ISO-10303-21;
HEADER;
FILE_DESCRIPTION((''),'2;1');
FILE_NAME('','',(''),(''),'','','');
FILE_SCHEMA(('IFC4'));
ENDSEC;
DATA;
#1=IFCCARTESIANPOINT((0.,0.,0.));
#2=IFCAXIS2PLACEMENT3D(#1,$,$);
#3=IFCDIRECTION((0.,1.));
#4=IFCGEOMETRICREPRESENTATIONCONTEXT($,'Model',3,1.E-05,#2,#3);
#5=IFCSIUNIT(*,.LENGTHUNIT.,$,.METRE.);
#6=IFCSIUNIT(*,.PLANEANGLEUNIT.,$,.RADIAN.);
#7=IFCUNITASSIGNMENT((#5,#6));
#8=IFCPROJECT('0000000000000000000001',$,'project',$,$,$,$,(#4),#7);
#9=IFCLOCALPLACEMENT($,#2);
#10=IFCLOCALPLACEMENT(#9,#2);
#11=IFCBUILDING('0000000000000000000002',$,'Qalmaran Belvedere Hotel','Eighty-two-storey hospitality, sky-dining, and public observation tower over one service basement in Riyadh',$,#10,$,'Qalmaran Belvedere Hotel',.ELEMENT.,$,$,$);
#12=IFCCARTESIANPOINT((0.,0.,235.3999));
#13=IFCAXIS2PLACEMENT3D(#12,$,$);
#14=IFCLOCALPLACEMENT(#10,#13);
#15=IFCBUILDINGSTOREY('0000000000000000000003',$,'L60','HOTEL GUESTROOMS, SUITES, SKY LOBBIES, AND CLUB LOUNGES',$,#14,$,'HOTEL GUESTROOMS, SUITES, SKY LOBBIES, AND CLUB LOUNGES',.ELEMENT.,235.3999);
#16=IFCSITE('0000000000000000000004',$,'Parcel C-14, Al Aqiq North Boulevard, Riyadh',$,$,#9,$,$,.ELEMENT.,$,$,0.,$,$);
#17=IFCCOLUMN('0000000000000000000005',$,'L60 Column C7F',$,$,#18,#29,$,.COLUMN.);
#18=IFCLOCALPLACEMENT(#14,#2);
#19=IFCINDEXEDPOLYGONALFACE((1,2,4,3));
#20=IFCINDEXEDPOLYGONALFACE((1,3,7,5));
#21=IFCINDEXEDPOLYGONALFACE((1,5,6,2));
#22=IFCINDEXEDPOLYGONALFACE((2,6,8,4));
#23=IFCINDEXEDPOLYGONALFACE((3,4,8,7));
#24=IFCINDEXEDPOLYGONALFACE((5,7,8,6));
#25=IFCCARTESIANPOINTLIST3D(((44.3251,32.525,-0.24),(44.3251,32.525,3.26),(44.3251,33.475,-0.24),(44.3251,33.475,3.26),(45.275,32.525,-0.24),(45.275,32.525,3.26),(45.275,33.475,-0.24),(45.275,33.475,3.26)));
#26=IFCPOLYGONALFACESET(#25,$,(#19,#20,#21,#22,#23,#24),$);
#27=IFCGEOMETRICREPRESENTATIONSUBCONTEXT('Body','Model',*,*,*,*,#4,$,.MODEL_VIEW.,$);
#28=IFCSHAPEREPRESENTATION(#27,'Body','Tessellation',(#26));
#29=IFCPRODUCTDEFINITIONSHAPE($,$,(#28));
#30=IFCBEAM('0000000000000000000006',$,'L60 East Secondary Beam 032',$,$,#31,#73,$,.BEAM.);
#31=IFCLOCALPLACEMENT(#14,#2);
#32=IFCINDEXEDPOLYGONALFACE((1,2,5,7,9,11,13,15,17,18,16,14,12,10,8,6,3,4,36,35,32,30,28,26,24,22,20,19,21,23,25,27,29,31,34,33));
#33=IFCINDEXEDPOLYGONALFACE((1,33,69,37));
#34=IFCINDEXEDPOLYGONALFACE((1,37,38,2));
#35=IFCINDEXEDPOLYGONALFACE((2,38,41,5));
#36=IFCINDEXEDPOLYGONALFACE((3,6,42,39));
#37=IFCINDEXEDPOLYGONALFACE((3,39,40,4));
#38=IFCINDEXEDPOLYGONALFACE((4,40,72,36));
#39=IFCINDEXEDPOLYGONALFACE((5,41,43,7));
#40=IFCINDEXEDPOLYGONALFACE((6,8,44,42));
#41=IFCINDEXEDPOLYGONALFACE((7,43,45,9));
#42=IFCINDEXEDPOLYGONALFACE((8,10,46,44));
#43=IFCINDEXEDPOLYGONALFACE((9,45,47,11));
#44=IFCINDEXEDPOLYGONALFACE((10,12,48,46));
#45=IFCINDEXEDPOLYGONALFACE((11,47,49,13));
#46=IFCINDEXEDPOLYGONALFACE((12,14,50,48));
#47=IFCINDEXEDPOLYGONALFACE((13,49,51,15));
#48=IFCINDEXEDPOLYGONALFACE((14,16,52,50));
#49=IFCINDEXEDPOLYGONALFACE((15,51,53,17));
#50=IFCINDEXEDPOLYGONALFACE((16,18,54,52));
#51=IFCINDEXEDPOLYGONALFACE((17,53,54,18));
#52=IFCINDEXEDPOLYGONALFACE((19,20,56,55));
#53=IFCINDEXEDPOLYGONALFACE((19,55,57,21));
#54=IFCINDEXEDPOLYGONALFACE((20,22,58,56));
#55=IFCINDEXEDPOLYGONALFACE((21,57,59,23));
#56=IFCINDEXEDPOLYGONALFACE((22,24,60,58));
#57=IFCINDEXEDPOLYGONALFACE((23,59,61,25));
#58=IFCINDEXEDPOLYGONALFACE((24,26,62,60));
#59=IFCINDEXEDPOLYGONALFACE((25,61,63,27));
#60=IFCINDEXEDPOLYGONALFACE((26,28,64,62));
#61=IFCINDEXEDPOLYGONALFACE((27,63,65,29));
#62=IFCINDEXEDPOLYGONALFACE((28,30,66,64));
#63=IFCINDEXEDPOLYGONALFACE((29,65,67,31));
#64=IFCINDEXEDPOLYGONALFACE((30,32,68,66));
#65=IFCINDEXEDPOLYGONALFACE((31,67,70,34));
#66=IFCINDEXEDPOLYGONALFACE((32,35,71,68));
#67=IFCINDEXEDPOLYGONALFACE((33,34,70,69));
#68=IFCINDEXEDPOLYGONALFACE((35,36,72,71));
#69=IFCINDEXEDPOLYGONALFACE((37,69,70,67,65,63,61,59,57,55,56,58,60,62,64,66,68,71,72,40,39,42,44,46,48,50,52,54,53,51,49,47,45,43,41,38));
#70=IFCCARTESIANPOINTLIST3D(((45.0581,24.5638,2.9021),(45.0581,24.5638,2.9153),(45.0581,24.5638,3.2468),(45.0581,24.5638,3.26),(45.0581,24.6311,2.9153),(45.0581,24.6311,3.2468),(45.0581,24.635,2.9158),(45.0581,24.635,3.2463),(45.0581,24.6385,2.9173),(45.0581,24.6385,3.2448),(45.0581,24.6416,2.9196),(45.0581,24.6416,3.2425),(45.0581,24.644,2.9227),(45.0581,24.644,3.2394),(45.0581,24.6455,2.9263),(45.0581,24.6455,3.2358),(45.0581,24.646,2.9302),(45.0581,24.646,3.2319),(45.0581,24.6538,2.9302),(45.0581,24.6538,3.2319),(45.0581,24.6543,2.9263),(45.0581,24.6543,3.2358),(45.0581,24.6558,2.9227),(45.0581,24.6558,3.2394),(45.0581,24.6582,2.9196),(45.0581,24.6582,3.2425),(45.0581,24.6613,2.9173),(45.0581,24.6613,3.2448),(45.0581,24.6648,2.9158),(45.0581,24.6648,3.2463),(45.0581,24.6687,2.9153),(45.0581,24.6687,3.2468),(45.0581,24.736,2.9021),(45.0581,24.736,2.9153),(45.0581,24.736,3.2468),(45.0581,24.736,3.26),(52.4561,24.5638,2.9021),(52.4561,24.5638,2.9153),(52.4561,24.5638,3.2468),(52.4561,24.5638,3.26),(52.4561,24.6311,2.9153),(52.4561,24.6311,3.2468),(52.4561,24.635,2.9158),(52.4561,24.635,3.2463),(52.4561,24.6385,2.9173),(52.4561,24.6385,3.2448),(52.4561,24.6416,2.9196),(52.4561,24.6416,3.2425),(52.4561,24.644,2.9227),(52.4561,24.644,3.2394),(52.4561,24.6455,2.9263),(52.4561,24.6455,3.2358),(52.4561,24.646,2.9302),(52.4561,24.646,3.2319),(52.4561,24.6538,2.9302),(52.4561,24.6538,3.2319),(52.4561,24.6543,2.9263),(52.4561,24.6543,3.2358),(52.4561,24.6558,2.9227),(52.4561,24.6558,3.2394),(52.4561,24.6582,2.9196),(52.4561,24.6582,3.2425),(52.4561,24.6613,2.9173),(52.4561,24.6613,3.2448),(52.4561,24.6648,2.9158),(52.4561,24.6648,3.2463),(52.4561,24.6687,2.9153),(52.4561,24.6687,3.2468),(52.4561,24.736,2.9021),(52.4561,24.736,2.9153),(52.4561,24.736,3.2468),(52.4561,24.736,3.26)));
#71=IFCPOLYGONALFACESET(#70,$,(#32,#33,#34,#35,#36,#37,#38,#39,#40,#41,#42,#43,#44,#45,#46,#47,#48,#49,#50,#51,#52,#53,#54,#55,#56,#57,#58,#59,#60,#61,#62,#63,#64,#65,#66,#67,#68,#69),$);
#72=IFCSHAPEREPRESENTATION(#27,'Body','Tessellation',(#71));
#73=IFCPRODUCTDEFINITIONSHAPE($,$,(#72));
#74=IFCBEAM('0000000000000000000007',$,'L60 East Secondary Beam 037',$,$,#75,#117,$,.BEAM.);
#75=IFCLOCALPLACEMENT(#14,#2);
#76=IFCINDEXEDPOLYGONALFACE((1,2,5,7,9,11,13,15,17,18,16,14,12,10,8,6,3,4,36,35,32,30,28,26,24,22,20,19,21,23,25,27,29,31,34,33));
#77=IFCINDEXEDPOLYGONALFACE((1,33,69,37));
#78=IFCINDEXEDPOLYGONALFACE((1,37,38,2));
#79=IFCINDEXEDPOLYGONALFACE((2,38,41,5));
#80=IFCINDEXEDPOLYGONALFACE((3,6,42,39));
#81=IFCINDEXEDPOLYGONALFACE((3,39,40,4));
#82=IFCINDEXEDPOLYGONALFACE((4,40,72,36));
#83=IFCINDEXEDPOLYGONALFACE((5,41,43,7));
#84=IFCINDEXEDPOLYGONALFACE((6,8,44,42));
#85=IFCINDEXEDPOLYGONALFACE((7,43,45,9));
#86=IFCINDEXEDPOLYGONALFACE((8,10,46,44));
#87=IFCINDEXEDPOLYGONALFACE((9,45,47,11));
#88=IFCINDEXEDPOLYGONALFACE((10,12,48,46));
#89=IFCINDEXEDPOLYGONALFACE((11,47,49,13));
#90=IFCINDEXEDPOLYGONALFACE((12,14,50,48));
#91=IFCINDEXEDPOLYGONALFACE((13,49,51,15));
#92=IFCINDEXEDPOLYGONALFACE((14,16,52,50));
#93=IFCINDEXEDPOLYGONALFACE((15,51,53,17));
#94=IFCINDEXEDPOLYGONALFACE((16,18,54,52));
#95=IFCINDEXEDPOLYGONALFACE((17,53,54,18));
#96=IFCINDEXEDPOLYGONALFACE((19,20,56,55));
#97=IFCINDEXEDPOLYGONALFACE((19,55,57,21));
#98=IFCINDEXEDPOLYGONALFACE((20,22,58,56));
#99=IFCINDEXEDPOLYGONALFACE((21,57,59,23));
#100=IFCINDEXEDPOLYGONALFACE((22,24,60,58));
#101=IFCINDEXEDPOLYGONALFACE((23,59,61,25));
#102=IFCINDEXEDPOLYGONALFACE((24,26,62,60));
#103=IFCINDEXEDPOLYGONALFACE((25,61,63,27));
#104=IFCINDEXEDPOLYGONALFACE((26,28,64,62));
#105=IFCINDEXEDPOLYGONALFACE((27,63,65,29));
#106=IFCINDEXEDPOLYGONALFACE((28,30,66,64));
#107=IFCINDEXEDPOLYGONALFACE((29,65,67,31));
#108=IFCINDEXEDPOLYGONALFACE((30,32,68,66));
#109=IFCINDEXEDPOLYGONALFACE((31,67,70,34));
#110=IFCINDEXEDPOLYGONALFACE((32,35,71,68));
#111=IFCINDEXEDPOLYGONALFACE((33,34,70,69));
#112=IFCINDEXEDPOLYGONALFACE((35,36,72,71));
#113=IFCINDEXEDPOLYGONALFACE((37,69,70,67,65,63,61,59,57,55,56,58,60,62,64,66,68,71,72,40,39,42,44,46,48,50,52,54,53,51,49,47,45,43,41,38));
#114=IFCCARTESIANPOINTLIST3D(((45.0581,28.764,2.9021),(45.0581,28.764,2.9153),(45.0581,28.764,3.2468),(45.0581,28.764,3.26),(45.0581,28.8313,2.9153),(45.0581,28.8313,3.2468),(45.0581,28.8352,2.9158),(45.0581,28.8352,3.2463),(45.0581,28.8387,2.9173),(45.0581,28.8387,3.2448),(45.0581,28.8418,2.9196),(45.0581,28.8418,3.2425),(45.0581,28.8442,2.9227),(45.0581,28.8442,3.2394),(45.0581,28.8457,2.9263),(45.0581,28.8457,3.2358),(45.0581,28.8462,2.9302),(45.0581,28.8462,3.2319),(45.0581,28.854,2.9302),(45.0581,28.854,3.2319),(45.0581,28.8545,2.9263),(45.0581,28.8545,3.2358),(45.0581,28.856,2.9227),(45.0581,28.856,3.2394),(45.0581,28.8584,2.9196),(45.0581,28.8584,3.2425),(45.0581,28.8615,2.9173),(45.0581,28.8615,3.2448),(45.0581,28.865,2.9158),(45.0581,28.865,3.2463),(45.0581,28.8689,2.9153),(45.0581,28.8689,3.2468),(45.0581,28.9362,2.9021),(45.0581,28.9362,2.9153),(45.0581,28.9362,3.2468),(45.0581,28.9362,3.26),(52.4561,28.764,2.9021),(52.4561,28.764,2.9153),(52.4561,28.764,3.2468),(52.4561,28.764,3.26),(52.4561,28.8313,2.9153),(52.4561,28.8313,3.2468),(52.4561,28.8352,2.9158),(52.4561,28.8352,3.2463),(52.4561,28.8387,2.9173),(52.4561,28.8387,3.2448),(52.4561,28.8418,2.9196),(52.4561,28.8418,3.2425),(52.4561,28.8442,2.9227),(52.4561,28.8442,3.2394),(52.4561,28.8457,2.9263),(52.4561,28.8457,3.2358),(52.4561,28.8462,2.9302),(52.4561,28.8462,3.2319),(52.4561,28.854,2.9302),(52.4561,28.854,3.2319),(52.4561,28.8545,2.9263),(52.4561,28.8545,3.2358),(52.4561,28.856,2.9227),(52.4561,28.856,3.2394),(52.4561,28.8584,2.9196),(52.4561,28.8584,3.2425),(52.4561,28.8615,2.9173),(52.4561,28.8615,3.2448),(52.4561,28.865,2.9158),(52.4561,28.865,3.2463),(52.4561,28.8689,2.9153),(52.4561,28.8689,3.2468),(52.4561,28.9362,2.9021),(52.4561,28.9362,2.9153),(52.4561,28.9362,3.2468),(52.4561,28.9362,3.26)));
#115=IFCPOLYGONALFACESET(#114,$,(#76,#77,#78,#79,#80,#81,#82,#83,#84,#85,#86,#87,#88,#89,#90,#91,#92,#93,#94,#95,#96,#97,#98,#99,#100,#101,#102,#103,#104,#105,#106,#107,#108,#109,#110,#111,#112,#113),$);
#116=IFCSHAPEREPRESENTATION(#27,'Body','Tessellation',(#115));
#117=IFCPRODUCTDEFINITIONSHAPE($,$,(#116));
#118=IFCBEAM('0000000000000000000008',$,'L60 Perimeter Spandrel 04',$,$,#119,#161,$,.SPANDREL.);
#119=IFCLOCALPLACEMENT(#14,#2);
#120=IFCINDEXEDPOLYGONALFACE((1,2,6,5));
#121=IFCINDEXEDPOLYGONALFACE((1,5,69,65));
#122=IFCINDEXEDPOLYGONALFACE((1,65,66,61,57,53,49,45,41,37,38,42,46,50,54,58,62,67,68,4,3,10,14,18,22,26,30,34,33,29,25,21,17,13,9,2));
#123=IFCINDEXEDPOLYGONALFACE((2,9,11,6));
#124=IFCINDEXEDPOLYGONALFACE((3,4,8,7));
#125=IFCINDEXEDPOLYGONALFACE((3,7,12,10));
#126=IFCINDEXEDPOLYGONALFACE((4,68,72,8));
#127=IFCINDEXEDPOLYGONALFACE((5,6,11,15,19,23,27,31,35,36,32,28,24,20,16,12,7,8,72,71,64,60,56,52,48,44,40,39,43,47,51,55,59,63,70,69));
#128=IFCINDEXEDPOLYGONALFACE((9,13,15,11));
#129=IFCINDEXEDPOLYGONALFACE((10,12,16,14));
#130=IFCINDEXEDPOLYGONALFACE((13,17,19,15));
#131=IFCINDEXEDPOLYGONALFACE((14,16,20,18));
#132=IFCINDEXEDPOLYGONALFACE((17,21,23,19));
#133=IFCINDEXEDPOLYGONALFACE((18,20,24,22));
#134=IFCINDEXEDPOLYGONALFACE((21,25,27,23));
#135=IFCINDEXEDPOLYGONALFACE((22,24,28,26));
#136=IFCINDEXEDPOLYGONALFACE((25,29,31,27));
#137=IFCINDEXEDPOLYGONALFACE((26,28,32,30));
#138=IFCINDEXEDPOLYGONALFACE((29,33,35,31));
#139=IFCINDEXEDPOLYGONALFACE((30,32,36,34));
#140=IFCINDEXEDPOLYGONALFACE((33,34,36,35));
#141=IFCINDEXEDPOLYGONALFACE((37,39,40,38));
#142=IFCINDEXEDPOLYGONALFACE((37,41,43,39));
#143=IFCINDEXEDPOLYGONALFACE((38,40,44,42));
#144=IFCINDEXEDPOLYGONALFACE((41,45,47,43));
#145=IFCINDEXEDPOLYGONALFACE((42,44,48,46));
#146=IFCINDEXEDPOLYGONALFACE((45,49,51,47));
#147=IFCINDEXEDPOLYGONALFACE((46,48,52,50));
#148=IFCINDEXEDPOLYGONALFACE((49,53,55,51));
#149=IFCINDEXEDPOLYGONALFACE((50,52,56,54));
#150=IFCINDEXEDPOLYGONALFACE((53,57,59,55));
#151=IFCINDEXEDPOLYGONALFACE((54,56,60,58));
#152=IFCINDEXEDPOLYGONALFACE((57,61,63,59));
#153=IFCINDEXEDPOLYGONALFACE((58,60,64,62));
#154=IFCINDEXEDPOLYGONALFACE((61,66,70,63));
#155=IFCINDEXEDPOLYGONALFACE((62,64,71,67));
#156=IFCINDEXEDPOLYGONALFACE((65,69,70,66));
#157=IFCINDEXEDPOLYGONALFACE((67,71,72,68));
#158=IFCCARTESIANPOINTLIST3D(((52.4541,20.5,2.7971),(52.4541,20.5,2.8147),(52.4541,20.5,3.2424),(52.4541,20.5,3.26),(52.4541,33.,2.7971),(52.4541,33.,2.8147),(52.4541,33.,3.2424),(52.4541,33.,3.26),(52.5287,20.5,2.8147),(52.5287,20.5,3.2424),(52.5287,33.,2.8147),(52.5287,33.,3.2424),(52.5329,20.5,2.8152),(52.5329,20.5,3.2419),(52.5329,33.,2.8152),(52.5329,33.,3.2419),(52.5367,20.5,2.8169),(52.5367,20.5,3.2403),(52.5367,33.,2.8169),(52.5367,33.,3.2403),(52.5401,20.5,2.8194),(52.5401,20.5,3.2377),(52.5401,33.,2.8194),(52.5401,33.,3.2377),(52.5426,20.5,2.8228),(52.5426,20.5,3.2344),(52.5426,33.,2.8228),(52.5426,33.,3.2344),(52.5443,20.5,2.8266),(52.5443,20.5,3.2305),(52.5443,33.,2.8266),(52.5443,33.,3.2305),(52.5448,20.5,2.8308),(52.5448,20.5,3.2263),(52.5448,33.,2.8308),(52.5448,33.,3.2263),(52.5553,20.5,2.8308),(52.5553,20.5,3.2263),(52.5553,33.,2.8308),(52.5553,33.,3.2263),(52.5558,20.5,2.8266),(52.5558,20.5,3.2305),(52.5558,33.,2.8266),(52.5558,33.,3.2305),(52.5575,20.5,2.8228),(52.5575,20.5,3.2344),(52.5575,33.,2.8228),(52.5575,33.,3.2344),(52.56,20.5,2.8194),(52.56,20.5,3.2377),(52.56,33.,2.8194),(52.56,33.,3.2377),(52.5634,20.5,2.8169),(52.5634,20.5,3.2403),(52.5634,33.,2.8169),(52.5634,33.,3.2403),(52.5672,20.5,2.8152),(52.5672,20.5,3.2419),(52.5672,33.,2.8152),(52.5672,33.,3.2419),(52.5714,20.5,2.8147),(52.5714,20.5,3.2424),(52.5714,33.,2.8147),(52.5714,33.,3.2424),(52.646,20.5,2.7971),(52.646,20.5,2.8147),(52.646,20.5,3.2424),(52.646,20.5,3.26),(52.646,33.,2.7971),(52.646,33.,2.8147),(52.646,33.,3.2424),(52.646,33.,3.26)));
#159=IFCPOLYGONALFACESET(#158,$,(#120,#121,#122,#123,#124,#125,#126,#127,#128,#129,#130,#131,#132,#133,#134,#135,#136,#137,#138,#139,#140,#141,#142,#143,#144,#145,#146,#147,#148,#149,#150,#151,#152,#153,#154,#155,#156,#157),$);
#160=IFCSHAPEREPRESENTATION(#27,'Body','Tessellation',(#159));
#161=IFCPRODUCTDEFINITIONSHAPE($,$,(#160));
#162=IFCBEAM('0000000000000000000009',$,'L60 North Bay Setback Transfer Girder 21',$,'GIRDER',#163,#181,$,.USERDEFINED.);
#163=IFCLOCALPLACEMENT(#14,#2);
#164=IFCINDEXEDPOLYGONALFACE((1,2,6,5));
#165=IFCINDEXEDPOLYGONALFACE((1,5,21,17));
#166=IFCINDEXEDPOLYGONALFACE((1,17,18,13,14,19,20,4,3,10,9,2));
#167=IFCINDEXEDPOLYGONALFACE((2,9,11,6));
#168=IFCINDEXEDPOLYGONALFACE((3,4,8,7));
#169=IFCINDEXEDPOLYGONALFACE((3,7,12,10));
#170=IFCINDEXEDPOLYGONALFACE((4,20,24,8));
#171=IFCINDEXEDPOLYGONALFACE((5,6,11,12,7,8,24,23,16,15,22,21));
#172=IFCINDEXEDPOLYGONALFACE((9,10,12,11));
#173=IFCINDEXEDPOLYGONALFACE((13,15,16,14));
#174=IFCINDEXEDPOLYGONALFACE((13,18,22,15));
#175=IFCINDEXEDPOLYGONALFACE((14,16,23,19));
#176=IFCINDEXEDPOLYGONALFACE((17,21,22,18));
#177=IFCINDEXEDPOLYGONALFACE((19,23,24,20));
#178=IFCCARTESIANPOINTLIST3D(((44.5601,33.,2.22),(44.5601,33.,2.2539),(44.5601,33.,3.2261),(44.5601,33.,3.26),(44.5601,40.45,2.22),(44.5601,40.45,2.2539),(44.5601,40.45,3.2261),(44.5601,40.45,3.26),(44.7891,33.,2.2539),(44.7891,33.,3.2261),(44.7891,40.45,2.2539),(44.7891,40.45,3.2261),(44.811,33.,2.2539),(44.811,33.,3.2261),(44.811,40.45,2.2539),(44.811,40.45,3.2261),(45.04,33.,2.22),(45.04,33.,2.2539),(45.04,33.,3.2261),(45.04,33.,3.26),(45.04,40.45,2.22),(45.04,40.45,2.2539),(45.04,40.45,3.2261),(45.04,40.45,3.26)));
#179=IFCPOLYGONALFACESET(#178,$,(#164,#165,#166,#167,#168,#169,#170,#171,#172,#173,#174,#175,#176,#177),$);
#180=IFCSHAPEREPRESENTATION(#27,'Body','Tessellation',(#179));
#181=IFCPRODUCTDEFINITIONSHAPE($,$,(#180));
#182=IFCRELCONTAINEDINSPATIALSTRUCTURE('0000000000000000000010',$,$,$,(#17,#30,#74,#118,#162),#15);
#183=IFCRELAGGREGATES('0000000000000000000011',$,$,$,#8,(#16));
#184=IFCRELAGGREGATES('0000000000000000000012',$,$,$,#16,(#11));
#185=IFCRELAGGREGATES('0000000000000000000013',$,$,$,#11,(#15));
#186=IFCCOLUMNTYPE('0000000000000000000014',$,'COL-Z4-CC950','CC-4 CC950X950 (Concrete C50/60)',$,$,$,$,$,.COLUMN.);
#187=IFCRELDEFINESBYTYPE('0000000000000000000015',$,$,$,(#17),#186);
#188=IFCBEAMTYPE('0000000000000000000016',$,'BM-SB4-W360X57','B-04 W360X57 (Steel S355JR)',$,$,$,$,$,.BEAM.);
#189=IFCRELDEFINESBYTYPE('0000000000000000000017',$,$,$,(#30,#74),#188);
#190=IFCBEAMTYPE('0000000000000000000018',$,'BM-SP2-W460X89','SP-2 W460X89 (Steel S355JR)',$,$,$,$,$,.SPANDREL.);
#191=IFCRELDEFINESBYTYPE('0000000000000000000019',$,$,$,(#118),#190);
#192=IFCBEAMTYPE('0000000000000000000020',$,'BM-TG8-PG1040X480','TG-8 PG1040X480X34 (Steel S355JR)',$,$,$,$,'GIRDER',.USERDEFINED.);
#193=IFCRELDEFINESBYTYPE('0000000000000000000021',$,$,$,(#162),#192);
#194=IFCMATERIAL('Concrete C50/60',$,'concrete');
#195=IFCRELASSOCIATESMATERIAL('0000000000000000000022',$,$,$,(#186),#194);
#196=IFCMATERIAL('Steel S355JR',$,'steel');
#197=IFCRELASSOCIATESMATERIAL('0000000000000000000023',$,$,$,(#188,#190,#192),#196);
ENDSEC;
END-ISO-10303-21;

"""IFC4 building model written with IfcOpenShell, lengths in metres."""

from ifc_helpers import new_model, si_unit, direction, frame, origin, origin_2d, place, context, subcontext, project, spatial, rectangle, i_section, extrude, material, material_profile, profile_set, type_object, element, save


model = new_model("IFC4")

# Units and contexts
model_context = context("Model", 3, precision=1e-05, world=origin(), true_north=direction((0.0, 1.0)))
body_context = subcontext(model_context, "Body", "Model", "MODEL_VIEW")
ifc_project = project(units=[si_unit("LENGTHUNIT", "METRE"), si_unit("PLANEANGLEUNIT", "RADIAN")], contexts=[model_context])

# Site, building, storey
site_placement = place(None, origin())
site = spatial("IfcSite", under=ifc_project, at=site_placement, Name="Parcel C-14, Al Aqiq North Boulevard, Riyadh", CompositionType="ELEMENT", RefElevation=0.0)
building_placement = place(site_placement, origin())
building = spatial("IfcBuilding", under=site, at=building_placement, Name="Qalmaran Belvedere Hotel", Description="Eighty-two-storey hospitality, sky-dining, and public observation tower over one service basement in Riyadh", LongName="Qalmaran Belvedere Hotel", CompositionType="ELEMENT")
storey_placement = place(building_placement, frame((0.0, 0.0, 235.3999)))
storey = spatial("IfcBuildingStorey", under=building, at=storey_placement, Name="L60", Description="HOTEL GUESTROOMS, SUITES, SKY LOBBIES, AND CLUB LOUNGES", LongName="HOTEL GUESTROOMS, SUITES, SKY LOBBIES, AND CLUB LOUNGES", CompositionType="ELEMENT", Elevation=235.3999)

# Column
ifc_material_1 = material(Name="Concrete C50/60", Category="concrete")
ifc_material_profile_1 = material_profile(ifc_material_1, rectangle(XDim=0.95, YDim=0.95, at=origin_2d()), Name="CC950X950")
ifc_profile_set_1 = profile_set([ifc_material_profile_1], Name="Concrete C50/60")
column_type = type_object("IfcColumnType", Name="COL-Z4-CC950", Description="CC-4 CC950X950 (Concrete C50/60)", PredefinedType="COLUMN", material=ifc_profile_set_1)
column_placement = place(storey_placement, frame((44.8, 33.0, -0.24), z_axis=(0.0, 0.0, 1.0), x_axis=(1.0, 0.0, 0.0)))
element("IfcColumn", 1, at=column_placement, inside=storey, type_object=column_type, Name="L60 Column C7F", PredefinedType="COLUMN", context=body_context, shape_type="SweptSolid", body=[
    extrude(rectangle(XDim=0.95, YDim=0.95, at=origin_2d()), origin(), (0.0, 0.0, 1.0), 3.5),
])

# Beams
ifc_material_2 = material(Name="Steel S355JR", Category="steel")
ifc_material_profile_2 = material_profile(ifc_material_2, i_section(OverallWidth=0.1721, OverallDepth=0.3579, WebThickness=0.0078, FlangeThickness=0.0132, FilletRadius=0.0149, at=origin_2d()), Name="W360X57")
ifc_profile_set_2 = profile_set([ifc_material_profile_2], Name="Steel S355JR")
beam_type_1 = type_object("IfcBeamType", Name="BM-SB4-W360X57", Description="B-04 W360X57 (Steel S355JR)", PredefinedType="BEAM", material=ifc_profile_set_2)
for number, where, z_axis, x_axis, name in (
    (2, (45.0581, 24.6499, 3.0811), (1.0, 0.0, 0.0), (0.0, 1.0, 0.0), "L60 East Secondary Beam 032"),
    (3, (45.0581, 28.8501, 3.0811), (1.0, 0.0, 0.0), (0.0, 1.0, 0.0), "L60 East Secondary Beam 037"),
):
    element("IfcBeam", number, at=place(storey_placement, frame(where, z_axis=z_axis, x_axis=x_axis)), inside=storey, type_object=beam_type_1, Name=name, PredefinedType="BEAM", context=body_context, shape_type="SweptSolid", body=[
        extrude(i_section(OverallWidth=0.1721, OverallDepth=0.3579, WebThickness=0.0078, FlangeThickness=0.0132, FilletRadius=0.0149, at=origin_2d()), origin(), (0.0, 0.0, 1.0), 7.3979),
    ])
ifc_material_profile_3 = material_profile(ifc_material_2, i_section(OverallWidth=0.1919, OverallDepth=0.4629, WebThickness=0.0105, FlangeThickness=0.0176, FilletRadius=0.0161, at=origin_2d()), Name="W460X89")
ifc_profile_set_3 = profile_set([ifc_material_profile_3], Name="Steel S355JR")
beam_type_2 = type_object("IfcBeamType", Name="BM-SP2-W460X89", Description="SP-2 W460X89 (Steel S355JR)", PredefinedType="SPANDREL", material=ifc_profile_set_3)
beam_1_placement = place(storey_placement, frame((52.55, 20.5, 3.0286), z_axis=(0.0, 1.0, 0.0), x_axis=(-1.0, 0.0, 0.0)))
element("IfcBeam", 4, at=beam_1_placement, inside=storey, type_object=beam_type_2, Name="L60 Perimeter Spandrel 04", PredefinedType="SPANDREL", context=body_context, shape_type="SweptSolid", body=[
    extrude(i_section(OverallWidth=0.1919, OverallDepth=0.4629, WebThickness=0.0105, FlangeThickness=0.0176, FilletRadius=0.0161, at=origin_2d()), origin(), (0.0, 0.0, 1.0), 12.5),
])
ifc_material_profile_4 = material_profile(ifc_material_2, i_section(OverallWidth=0.48, OverallDepth=1.04, WebThickness=0.022, FlangeThickness=0.0339, at=origin_2d()), Name="PG1040X480X34")
ifc_profile_set_4 = profile_set([ifc_material_profile_4], Name="Steel S355JR")
beam_type_3 = type_object("IfcBeamType", Name="BM-TG8-PG1040X480", Description="TG-8 PG1040X480X34 (Steel S355JR)", ElementType="GIRDER", PredefinedType="USERDEFINED", material=ifc_profile_set_4)
beam_2_placement = place(storey_placement, frame((44.8, 33.0, 2.74), z_axis=(0.0, 1.0, 0.0), x_axis=(-1.0, 0.0, 0.0)))
element("IfcBeam", 5, at=beam_2_placement, inside=storey, type_object=beam_type_3, Name="L60 North Bay Setback Transfer Girder 21", ObjectType="GIRDER", PredefinedType="USERDEFINED", context=body_context, shape_type="SweptSolid", body=[
    extrude(i_section(OverallWidth=0.48, OverallDepth=1.04, WebThickness=0.022, FlangeThickness=0.0339, at=origin_2d()), origin(), (0.0, 0.0, 1.0), 7.45),
])

save(model, "model.ifc")
